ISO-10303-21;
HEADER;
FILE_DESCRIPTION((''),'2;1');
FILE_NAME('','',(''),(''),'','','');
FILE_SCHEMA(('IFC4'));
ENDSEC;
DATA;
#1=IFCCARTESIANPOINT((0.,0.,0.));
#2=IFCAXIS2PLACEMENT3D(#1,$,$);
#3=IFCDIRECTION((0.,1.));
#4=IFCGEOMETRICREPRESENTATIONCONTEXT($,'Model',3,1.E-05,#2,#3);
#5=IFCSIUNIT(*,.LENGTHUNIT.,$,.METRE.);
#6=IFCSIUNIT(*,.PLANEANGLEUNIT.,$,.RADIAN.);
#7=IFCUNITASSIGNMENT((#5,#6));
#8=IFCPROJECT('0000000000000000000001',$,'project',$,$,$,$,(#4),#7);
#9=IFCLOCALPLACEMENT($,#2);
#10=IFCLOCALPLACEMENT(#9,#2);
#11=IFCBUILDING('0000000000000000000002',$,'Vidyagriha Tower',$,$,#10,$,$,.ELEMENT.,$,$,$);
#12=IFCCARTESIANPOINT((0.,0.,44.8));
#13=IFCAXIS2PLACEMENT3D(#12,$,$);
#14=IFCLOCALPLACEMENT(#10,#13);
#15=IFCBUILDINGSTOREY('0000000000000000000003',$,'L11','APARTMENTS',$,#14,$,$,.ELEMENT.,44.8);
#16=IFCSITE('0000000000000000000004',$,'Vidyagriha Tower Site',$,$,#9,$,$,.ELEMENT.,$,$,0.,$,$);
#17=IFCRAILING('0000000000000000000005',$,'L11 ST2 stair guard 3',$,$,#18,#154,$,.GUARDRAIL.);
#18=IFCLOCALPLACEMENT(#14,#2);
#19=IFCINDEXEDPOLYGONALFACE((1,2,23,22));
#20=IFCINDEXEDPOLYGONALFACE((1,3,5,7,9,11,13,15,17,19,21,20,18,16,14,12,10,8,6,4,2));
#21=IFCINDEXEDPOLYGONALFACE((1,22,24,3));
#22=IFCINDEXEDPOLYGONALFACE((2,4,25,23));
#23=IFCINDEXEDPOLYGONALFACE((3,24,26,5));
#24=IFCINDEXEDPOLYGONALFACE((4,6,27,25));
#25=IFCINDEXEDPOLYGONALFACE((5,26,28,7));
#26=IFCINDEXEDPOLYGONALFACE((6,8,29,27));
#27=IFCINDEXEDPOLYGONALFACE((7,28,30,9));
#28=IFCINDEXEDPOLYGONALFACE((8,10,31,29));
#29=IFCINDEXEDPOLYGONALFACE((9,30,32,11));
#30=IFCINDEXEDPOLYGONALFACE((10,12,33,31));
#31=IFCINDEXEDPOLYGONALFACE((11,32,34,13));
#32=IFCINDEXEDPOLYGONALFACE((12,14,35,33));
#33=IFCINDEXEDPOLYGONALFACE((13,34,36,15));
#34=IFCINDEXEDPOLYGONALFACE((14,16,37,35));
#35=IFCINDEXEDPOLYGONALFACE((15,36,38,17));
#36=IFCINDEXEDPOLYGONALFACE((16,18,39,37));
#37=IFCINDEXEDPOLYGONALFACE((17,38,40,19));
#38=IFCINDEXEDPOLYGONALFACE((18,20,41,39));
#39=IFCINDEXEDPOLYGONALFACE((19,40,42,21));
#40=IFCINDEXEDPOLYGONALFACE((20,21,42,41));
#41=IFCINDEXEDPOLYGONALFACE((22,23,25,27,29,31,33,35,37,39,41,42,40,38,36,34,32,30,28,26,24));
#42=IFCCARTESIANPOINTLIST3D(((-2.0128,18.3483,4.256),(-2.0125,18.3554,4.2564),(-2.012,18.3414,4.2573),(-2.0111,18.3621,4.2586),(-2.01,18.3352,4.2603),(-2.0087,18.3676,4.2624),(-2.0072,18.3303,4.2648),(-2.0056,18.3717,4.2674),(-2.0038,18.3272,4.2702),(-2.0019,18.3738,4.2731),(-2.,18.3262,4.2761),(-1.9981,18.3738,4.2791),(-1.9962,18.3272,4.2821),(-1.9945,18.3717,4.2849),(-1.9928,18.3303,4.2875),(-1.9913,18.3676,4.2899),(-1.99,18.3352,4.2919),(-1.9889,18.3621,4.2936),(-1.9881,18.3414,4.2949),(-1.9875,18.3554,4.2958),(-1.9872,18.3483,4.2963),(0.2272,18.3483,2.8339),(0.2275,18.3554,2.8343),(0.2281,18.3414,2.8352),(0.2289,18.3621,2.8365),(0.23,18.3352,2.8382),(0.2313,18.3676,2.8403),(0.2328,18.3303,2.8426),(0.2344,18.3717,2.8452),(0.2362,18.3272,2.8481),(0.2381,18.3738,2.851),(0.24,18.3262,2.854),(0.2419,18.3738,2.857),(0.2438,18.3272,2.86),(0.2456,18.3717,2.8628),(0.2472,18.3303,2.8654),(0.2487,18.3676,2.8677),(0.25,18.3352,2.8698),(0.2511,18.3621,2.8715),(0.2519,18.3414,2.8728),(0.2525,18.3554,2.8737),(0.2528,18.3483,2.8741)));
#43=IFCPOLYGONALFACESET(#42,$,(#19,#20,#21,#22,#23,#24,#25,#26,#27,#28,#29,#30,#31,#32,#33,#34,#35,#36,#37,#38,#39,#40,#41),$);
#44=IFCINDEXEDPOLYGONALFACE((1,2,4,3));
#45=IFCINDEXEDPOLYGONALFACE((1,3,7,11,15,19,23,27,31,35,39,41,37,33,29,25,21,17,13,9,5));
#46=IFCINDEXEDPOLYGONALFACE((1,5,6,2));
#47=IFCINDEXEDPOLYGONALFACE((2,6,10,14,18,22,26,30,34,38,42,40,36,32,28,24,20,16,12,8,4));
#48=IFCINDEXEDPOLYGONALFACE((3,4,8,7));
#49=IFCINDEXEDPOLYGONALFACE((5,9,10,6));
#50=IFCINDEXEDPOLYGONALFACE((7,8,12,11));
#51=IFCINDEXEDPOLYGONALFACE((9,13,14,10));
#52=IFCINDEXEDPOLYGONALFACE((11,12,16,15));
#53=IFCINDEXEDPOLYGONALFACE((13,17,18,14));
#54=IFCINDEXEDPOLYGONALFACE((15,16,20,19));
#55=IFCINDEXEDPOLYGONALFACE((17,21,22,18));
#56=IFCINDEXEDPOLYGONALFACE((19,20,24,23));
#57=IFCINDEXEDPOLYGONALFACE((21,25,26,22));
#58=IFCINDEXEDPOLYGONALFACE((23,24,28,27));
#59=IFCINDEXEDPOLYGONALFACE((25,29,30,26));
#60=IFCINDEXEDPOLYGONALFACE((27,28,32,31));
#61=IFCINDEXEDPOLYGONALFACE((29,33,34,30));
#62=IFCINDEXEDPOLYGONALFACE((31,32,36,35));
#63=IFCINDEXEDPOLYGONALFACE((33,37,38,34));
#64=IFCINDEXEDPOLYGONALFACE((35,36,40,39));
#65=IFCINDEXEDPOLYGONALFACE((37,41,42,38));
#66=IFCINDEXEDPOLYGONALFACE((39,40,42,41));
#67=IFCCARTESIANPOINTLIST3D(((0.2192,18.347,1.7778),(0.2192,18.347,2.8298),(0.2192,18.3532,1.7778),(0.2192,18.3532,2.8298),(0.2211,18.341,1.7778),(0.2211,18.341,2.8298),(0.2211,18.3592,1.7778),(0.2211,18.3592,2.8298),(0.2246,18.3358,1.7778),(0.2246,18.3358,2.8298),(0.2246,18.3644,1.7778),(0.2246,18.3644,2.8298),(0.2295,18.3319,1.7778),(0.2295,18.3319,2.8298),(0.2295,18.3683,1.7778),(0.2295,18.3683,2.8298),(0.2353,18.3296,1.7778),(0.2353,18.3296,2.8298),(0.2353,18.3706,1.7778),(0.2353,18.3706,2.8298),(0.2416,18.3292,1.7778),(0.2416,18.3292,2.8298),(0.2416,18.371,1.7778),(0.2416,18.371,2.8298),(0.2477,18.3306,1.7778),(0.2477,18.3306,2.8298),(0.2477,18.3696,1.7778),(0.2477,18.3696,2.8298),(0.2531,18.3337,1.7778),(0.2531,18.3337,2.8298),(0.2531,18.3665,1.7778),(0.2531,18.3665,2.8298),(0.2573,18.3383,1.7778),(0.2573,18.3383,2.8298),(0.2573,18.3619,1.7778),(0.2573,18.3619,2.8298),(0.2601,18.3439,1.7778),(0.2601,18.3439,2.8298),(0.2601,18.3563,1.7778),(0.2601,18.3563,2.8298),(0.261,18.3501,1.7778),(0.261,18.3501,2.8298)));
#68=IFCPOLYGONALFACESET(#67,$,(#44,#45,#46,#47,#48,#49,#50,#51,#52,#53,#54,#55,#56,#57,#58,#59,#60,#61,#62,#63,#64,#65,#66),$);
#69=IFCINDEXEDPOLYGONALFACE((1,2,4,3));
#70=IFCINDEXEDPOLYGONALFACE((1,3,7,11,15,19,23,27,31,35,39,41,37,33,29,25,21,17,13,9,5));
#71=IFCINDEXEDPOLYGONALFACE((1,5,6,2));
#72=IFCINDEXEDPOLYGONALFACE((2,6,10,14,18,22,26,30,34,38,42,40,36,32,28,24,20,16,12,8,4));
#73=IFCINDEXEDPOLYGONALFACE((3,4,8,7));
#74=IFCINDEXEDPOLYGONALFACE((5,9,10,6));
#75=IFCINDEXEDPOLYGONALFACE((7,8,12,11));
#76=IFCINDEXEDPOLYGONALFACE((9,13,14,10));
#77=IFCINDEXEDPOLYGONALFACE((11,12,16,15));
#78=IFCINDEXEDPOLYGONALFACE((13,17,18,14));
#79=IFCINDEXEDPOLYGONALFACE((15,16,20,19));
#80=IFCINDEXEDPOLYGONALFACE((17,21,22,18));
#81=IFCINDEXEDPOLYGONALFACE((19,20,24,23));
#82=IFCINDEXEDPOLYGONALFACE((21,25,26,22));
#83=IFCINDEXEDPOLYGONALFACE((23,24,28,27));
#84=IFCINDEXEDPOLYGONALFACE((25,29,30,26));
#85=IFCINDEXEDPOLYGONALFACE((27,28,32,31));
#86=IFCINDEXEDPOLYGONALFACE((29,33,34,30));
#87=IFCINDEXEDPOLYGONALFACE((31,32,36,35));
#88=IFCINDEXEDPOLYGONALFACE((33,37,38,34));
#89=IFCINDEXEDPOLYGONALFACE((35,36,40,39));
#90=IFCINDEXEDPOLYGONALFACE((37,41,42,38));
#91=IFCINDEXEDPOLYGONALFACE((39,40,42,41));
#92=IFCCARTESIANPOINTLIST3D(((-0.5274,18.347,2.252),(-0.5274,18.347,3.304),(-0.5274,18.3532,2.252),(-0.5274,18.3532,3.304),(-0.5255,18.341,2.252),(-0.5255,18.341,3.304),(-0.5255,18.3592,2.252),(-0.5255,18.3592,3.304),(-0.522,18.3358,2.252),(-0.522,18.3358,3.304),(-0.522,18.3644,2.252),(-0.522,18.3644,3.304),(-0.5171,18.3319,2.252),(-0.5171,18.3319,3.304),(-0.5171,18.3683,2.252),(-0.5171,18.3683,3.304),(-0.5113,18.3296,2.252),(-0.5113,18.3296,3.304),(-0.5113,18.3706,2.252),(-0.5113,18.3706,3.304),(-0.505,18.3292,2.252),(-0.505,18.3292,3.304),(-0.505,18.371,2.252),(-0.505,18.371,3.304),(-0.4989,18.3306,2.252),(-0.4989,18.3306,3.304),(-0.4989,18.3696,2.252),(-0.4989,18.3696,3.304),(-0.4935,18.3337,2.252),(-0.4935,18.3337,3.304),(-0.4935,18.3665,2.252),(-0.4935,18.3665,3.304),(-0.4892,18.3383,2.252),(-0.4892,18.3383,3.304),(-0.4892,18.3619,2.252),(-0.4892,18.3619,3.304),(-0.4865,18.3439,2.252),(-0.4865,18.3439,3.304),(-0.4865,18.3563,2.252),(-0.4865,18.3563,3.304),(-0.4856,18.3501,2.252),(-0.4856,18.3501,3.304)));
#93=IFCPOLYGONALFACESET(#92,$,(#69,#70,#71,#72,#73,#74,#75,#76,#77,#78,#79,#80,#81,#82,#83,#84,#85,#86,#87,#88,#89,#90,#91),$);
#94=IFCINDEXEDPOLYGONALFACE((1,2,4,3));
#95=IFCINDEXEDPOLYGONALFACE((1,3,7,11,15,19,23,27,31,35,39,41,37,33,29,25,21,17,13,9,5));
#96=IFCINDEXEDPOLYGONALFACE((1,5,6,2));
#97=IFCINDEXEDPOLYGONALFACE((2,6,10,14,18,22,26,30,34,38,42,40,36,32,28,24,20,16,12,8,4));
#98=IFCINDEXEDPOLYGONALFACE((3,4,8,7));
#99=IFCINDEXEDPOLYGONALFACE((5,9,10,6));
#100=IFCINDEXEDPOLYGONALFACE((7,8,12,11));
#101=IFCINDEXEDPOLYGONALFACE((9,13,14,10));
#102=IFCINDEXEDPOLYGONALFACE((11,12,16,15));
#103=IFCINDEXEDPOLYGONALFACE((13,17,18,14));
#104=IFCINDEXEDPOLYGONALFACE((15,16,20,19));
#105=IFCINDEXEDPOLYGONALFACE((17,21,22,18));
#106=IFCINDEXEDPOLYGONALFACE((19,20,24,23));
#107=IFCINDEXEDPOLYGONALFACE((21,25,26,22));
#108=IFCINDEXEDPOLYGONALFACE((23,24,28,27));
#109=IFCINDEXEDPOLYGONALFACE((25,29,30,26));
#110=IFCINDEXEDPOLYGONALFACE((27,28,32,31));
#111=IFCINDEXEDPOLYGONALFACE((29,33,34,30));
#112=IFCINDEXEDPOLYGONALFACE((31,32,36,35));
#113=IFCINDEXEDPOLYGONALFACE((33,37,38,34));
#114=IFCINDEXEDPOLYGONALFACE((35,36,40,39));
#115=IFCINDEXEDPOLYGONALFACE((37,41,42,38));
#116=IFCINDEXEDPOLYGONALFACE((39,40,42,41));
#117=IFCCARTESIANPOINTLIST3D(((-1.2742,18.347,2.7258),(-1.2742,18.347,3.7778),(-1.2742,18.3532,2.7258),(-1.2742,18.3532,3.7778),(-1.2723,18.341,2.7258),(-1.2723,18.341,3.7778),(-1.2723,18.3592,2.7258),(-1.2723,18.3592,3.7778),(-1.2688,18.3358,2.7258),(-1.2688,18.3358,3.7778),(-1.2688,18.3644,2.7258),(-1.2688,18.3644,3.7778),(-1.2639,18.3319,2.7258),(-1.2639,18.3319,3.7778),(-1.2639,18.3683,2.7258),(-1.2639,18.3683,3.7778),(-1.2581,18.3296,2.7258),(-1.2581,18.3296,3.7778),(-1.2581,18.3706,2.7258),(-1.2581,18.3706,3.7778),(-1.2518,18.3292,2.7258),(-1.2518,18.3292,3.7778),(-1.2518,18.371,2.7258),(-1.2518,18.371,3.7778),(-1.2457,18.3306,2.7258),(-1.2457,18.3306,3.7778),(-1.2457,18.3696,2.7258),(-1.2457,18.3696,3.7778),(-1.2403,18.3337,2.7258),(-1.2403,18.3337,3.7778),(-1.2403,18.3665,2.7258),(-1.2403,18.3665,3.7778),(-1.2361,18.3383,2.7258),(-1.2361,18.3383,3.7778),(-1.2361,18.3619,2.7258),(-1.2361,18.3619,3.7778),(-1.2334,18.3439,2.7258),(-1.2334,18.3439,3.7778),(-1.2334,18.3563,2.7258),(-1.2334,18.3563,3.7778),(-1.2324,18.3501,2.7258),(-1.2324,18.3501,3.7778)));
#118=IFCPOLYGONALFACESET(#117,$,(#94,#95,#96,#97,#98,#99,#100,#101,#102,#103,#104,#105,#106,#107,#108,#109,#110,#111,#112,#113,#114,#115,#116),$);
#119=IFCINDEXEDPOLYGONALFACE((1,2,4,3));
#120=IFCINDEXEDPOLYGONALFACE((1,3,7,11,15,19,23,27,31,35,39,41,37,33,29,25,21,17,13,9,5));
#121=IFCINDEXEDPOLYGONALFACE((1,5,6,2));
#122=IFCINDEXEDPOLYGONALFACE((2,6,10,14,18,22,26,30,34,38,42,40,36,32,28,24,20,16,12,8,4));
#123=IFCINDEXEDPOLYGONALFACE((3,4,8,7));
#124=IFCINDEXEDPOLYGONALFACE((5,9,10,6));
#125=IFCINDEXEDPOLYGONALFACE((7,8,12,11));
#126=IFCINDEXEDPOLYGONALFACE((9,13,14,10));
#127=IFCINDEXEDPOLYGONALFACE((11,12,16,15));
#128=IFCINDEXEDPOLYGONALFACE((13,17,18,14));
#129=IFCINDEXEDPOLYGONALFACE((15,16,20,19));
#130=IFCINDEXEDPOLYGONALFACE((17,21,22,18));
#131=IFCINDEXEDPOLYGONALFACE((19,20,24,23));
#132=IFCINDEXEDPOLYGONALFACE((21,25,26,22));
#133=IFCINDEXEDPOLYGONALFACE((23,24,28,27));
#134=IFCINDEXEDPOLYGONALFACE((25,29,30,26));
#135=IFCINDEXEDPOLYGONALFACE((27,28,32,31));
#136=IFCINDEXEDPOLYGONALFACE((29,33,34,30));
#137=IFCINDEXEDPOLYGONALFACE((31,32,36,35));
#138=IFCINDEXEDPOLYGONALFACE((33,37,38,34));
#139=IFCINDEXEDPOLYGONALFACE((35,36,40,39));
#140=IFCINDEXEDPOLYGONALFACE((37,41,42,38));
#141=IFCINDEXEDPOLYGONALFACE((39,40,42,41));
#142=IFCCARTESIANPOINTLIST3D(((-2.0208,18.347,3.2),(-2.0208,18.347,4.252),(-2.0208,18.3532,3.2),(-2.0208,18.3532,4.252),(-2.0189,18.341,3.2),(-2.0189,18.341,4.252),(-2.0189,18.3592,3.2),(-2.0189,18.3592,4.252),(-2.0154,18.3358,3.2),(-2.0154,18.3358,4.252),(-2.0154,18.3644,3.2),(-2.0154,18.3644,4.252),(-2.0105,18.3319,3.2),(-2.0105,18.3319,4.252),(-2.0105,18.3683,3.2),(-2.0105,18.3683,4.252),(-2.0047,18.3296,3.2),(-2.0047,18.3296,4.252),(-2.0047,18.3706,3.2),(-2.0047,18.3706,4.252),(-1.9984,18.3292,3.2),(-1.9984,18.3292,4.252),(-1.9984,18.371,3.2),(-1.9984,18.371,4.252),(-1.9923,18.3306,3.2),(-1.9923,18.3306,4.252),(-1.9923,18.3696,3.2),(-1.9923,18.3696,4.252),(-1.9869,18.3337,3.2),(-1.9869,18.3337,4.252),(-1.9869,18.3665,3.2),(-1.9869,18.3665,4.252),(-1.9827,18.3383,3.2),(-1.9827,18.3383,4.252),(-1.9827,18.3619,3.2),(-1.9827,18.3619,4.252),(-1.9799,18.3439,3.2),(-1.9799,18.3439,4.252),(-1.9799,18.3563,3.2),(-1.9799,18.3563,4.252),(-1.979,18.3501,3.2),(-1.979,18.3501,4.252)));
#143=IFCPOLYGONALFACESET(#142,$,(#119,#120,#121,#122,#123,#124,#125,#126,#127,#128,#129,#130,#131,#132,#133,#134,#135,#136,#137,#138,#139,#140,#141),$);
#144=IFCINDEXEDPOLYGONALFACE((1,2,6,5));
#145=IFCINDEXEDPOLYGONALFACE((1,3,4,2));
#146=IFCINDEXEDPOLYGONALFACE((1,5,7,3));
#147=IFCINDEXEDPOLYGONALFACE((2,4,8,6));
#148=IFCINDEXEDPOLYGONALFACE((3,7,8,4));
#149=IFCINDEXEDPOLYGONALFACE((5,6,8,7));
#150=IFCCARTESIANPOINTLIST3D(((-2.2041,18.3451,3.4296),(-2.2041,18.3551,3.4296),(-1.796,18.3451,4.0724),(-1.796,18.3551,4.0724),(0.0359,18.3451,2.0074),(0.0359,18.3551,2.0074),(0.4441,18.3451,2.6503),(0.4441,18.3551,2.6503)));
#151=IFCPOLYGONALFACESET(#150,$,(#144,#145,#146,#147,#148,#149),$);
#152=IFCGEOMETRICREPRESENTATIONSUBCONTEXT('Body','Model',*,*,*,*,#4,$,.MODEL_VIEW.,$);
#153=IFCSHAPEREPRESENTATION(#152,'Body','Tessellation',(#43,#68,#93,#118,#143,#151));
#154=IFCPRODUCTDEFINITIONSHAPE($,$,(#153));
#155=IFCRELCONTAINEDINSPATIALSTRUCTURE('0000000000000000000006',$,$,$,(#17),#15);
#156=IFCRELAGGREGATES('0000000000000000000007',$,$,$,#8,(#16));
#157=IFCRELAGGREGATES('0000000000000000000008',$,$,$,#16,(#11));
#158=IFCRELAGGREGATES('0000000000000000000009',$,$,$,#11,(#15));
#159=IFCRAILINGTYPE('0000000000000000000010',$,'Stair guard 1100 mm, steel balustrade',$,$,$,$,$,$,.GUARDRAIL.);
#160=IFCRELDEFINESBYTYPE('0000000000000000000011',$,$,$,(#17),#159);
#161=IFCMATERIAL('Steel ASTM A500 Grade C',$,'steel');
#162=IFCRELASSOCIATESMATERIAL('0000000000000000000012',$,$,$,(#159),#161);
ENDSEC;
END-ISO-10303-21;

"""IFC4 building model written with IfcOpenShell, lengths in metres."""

from ifc_helpers import new_model, si_unit, direction, frame, origin, origin_2d, place, context, subcontext, project, spatial, rectangle, circle, extrude, material, type_object, element, save


model = new_model("IFC4")

# Units and contexts
model_context = context("Model", 3, precision=1e-05, world=origin(), true_north=direction((0.0, 1.0)))
body_context = subcontext(model_context, "Body", "Model", "MODEL_VIEW")
ifc_project = project(units=[si_unit("LENGTHUNIT", "METRE"), si_unit("PLANEANGLEUNIT", "RADIAN")], contexts=[model_context])

# Site, building, storey
site_placement = place(None, origin())
site = spatial("IfcSite", under=ifc_project, at=site_placement, Name="Vidyagriha Tower Site", CompositionType="ELEMENT", RefElevation=0.0)
building_placement = place(site_placement, origin())
building = spatial("IfcBuilding", under=site, at=building_placement, Name="Vidyagriha Tower", CompositionType="ELEMENT")
storey_placement = place(building_placement, frame((0.0, 0.0, 44.8)))
storey = spatial("IfcBuildingStorey", under=building, at=storey_placement, Name="L11", Description="APARTMENTS", CompositionType="ELEMENT", Elevation=44.8)

# Railing
ifc_material_1 = material(Name="Steel ASTM A500 Grade C", Category="steel")
railing_type_1 = type_object("IfcRailingType", Name="Stair guard 1100 mm, steel balustrade", PredefinedType="GUARDRAIL", material=ifc_material_1)
railing_1_placement = place(storey_placement, frame((0.24, 18.3501, 1.7778)))
element("IfcRailing", 1, at=railing_1_placement, inside=storey, type_object=railing_type_1, Name="L11 ST2 stair guard 3", PredefinedType="GUARDRAIL", context=body_context, shape_type="SweptSolid", body=[
    extrude(circle(Radius=0.0239, at=origin_2d()), frame((0.0, 0.0, 1.0762), z_axis=(-0.844229, 0.0, 0.535982), x_axis=(0.0, -1.0, 0.0)), (0.0, 0.0, 1.0), 2.6533),
    extrude(circle(Radius=0.021, at=origin_2d()), origin(), (0.0, 0.0, 1.0), 1.052),
    extrude(circle(Radius=0.021, at=origin_2d()), frame((-0.7466, 0.0, 0.4741)), (0.0, 0.0, 1.0), 1.052),
    extrude(circle(Radius=0.021, at=origin_2d()), frame((-1.4934, 0.0, 0.948)), (0.0, 0.0, 1.0), 1.052),
    extrude(circle(Radius=0.021, at=origin_2d()), frame((-2.24, 0.0, 1.4221)), (0.0, 0.0, 1.0), 1.052),
    extrude(rectangle(XDim=0.01, YDim=0.7615, at=origin_2d()), frame((0.0, 0.0, 0.551), z_axis=(-0.844229, 0.0, 0.535982), x_axis=(0.0, -1.0, 0.0)), (0.0, 0.0, 1.0), 2.6533),
])

save(model, "model.ifc")
